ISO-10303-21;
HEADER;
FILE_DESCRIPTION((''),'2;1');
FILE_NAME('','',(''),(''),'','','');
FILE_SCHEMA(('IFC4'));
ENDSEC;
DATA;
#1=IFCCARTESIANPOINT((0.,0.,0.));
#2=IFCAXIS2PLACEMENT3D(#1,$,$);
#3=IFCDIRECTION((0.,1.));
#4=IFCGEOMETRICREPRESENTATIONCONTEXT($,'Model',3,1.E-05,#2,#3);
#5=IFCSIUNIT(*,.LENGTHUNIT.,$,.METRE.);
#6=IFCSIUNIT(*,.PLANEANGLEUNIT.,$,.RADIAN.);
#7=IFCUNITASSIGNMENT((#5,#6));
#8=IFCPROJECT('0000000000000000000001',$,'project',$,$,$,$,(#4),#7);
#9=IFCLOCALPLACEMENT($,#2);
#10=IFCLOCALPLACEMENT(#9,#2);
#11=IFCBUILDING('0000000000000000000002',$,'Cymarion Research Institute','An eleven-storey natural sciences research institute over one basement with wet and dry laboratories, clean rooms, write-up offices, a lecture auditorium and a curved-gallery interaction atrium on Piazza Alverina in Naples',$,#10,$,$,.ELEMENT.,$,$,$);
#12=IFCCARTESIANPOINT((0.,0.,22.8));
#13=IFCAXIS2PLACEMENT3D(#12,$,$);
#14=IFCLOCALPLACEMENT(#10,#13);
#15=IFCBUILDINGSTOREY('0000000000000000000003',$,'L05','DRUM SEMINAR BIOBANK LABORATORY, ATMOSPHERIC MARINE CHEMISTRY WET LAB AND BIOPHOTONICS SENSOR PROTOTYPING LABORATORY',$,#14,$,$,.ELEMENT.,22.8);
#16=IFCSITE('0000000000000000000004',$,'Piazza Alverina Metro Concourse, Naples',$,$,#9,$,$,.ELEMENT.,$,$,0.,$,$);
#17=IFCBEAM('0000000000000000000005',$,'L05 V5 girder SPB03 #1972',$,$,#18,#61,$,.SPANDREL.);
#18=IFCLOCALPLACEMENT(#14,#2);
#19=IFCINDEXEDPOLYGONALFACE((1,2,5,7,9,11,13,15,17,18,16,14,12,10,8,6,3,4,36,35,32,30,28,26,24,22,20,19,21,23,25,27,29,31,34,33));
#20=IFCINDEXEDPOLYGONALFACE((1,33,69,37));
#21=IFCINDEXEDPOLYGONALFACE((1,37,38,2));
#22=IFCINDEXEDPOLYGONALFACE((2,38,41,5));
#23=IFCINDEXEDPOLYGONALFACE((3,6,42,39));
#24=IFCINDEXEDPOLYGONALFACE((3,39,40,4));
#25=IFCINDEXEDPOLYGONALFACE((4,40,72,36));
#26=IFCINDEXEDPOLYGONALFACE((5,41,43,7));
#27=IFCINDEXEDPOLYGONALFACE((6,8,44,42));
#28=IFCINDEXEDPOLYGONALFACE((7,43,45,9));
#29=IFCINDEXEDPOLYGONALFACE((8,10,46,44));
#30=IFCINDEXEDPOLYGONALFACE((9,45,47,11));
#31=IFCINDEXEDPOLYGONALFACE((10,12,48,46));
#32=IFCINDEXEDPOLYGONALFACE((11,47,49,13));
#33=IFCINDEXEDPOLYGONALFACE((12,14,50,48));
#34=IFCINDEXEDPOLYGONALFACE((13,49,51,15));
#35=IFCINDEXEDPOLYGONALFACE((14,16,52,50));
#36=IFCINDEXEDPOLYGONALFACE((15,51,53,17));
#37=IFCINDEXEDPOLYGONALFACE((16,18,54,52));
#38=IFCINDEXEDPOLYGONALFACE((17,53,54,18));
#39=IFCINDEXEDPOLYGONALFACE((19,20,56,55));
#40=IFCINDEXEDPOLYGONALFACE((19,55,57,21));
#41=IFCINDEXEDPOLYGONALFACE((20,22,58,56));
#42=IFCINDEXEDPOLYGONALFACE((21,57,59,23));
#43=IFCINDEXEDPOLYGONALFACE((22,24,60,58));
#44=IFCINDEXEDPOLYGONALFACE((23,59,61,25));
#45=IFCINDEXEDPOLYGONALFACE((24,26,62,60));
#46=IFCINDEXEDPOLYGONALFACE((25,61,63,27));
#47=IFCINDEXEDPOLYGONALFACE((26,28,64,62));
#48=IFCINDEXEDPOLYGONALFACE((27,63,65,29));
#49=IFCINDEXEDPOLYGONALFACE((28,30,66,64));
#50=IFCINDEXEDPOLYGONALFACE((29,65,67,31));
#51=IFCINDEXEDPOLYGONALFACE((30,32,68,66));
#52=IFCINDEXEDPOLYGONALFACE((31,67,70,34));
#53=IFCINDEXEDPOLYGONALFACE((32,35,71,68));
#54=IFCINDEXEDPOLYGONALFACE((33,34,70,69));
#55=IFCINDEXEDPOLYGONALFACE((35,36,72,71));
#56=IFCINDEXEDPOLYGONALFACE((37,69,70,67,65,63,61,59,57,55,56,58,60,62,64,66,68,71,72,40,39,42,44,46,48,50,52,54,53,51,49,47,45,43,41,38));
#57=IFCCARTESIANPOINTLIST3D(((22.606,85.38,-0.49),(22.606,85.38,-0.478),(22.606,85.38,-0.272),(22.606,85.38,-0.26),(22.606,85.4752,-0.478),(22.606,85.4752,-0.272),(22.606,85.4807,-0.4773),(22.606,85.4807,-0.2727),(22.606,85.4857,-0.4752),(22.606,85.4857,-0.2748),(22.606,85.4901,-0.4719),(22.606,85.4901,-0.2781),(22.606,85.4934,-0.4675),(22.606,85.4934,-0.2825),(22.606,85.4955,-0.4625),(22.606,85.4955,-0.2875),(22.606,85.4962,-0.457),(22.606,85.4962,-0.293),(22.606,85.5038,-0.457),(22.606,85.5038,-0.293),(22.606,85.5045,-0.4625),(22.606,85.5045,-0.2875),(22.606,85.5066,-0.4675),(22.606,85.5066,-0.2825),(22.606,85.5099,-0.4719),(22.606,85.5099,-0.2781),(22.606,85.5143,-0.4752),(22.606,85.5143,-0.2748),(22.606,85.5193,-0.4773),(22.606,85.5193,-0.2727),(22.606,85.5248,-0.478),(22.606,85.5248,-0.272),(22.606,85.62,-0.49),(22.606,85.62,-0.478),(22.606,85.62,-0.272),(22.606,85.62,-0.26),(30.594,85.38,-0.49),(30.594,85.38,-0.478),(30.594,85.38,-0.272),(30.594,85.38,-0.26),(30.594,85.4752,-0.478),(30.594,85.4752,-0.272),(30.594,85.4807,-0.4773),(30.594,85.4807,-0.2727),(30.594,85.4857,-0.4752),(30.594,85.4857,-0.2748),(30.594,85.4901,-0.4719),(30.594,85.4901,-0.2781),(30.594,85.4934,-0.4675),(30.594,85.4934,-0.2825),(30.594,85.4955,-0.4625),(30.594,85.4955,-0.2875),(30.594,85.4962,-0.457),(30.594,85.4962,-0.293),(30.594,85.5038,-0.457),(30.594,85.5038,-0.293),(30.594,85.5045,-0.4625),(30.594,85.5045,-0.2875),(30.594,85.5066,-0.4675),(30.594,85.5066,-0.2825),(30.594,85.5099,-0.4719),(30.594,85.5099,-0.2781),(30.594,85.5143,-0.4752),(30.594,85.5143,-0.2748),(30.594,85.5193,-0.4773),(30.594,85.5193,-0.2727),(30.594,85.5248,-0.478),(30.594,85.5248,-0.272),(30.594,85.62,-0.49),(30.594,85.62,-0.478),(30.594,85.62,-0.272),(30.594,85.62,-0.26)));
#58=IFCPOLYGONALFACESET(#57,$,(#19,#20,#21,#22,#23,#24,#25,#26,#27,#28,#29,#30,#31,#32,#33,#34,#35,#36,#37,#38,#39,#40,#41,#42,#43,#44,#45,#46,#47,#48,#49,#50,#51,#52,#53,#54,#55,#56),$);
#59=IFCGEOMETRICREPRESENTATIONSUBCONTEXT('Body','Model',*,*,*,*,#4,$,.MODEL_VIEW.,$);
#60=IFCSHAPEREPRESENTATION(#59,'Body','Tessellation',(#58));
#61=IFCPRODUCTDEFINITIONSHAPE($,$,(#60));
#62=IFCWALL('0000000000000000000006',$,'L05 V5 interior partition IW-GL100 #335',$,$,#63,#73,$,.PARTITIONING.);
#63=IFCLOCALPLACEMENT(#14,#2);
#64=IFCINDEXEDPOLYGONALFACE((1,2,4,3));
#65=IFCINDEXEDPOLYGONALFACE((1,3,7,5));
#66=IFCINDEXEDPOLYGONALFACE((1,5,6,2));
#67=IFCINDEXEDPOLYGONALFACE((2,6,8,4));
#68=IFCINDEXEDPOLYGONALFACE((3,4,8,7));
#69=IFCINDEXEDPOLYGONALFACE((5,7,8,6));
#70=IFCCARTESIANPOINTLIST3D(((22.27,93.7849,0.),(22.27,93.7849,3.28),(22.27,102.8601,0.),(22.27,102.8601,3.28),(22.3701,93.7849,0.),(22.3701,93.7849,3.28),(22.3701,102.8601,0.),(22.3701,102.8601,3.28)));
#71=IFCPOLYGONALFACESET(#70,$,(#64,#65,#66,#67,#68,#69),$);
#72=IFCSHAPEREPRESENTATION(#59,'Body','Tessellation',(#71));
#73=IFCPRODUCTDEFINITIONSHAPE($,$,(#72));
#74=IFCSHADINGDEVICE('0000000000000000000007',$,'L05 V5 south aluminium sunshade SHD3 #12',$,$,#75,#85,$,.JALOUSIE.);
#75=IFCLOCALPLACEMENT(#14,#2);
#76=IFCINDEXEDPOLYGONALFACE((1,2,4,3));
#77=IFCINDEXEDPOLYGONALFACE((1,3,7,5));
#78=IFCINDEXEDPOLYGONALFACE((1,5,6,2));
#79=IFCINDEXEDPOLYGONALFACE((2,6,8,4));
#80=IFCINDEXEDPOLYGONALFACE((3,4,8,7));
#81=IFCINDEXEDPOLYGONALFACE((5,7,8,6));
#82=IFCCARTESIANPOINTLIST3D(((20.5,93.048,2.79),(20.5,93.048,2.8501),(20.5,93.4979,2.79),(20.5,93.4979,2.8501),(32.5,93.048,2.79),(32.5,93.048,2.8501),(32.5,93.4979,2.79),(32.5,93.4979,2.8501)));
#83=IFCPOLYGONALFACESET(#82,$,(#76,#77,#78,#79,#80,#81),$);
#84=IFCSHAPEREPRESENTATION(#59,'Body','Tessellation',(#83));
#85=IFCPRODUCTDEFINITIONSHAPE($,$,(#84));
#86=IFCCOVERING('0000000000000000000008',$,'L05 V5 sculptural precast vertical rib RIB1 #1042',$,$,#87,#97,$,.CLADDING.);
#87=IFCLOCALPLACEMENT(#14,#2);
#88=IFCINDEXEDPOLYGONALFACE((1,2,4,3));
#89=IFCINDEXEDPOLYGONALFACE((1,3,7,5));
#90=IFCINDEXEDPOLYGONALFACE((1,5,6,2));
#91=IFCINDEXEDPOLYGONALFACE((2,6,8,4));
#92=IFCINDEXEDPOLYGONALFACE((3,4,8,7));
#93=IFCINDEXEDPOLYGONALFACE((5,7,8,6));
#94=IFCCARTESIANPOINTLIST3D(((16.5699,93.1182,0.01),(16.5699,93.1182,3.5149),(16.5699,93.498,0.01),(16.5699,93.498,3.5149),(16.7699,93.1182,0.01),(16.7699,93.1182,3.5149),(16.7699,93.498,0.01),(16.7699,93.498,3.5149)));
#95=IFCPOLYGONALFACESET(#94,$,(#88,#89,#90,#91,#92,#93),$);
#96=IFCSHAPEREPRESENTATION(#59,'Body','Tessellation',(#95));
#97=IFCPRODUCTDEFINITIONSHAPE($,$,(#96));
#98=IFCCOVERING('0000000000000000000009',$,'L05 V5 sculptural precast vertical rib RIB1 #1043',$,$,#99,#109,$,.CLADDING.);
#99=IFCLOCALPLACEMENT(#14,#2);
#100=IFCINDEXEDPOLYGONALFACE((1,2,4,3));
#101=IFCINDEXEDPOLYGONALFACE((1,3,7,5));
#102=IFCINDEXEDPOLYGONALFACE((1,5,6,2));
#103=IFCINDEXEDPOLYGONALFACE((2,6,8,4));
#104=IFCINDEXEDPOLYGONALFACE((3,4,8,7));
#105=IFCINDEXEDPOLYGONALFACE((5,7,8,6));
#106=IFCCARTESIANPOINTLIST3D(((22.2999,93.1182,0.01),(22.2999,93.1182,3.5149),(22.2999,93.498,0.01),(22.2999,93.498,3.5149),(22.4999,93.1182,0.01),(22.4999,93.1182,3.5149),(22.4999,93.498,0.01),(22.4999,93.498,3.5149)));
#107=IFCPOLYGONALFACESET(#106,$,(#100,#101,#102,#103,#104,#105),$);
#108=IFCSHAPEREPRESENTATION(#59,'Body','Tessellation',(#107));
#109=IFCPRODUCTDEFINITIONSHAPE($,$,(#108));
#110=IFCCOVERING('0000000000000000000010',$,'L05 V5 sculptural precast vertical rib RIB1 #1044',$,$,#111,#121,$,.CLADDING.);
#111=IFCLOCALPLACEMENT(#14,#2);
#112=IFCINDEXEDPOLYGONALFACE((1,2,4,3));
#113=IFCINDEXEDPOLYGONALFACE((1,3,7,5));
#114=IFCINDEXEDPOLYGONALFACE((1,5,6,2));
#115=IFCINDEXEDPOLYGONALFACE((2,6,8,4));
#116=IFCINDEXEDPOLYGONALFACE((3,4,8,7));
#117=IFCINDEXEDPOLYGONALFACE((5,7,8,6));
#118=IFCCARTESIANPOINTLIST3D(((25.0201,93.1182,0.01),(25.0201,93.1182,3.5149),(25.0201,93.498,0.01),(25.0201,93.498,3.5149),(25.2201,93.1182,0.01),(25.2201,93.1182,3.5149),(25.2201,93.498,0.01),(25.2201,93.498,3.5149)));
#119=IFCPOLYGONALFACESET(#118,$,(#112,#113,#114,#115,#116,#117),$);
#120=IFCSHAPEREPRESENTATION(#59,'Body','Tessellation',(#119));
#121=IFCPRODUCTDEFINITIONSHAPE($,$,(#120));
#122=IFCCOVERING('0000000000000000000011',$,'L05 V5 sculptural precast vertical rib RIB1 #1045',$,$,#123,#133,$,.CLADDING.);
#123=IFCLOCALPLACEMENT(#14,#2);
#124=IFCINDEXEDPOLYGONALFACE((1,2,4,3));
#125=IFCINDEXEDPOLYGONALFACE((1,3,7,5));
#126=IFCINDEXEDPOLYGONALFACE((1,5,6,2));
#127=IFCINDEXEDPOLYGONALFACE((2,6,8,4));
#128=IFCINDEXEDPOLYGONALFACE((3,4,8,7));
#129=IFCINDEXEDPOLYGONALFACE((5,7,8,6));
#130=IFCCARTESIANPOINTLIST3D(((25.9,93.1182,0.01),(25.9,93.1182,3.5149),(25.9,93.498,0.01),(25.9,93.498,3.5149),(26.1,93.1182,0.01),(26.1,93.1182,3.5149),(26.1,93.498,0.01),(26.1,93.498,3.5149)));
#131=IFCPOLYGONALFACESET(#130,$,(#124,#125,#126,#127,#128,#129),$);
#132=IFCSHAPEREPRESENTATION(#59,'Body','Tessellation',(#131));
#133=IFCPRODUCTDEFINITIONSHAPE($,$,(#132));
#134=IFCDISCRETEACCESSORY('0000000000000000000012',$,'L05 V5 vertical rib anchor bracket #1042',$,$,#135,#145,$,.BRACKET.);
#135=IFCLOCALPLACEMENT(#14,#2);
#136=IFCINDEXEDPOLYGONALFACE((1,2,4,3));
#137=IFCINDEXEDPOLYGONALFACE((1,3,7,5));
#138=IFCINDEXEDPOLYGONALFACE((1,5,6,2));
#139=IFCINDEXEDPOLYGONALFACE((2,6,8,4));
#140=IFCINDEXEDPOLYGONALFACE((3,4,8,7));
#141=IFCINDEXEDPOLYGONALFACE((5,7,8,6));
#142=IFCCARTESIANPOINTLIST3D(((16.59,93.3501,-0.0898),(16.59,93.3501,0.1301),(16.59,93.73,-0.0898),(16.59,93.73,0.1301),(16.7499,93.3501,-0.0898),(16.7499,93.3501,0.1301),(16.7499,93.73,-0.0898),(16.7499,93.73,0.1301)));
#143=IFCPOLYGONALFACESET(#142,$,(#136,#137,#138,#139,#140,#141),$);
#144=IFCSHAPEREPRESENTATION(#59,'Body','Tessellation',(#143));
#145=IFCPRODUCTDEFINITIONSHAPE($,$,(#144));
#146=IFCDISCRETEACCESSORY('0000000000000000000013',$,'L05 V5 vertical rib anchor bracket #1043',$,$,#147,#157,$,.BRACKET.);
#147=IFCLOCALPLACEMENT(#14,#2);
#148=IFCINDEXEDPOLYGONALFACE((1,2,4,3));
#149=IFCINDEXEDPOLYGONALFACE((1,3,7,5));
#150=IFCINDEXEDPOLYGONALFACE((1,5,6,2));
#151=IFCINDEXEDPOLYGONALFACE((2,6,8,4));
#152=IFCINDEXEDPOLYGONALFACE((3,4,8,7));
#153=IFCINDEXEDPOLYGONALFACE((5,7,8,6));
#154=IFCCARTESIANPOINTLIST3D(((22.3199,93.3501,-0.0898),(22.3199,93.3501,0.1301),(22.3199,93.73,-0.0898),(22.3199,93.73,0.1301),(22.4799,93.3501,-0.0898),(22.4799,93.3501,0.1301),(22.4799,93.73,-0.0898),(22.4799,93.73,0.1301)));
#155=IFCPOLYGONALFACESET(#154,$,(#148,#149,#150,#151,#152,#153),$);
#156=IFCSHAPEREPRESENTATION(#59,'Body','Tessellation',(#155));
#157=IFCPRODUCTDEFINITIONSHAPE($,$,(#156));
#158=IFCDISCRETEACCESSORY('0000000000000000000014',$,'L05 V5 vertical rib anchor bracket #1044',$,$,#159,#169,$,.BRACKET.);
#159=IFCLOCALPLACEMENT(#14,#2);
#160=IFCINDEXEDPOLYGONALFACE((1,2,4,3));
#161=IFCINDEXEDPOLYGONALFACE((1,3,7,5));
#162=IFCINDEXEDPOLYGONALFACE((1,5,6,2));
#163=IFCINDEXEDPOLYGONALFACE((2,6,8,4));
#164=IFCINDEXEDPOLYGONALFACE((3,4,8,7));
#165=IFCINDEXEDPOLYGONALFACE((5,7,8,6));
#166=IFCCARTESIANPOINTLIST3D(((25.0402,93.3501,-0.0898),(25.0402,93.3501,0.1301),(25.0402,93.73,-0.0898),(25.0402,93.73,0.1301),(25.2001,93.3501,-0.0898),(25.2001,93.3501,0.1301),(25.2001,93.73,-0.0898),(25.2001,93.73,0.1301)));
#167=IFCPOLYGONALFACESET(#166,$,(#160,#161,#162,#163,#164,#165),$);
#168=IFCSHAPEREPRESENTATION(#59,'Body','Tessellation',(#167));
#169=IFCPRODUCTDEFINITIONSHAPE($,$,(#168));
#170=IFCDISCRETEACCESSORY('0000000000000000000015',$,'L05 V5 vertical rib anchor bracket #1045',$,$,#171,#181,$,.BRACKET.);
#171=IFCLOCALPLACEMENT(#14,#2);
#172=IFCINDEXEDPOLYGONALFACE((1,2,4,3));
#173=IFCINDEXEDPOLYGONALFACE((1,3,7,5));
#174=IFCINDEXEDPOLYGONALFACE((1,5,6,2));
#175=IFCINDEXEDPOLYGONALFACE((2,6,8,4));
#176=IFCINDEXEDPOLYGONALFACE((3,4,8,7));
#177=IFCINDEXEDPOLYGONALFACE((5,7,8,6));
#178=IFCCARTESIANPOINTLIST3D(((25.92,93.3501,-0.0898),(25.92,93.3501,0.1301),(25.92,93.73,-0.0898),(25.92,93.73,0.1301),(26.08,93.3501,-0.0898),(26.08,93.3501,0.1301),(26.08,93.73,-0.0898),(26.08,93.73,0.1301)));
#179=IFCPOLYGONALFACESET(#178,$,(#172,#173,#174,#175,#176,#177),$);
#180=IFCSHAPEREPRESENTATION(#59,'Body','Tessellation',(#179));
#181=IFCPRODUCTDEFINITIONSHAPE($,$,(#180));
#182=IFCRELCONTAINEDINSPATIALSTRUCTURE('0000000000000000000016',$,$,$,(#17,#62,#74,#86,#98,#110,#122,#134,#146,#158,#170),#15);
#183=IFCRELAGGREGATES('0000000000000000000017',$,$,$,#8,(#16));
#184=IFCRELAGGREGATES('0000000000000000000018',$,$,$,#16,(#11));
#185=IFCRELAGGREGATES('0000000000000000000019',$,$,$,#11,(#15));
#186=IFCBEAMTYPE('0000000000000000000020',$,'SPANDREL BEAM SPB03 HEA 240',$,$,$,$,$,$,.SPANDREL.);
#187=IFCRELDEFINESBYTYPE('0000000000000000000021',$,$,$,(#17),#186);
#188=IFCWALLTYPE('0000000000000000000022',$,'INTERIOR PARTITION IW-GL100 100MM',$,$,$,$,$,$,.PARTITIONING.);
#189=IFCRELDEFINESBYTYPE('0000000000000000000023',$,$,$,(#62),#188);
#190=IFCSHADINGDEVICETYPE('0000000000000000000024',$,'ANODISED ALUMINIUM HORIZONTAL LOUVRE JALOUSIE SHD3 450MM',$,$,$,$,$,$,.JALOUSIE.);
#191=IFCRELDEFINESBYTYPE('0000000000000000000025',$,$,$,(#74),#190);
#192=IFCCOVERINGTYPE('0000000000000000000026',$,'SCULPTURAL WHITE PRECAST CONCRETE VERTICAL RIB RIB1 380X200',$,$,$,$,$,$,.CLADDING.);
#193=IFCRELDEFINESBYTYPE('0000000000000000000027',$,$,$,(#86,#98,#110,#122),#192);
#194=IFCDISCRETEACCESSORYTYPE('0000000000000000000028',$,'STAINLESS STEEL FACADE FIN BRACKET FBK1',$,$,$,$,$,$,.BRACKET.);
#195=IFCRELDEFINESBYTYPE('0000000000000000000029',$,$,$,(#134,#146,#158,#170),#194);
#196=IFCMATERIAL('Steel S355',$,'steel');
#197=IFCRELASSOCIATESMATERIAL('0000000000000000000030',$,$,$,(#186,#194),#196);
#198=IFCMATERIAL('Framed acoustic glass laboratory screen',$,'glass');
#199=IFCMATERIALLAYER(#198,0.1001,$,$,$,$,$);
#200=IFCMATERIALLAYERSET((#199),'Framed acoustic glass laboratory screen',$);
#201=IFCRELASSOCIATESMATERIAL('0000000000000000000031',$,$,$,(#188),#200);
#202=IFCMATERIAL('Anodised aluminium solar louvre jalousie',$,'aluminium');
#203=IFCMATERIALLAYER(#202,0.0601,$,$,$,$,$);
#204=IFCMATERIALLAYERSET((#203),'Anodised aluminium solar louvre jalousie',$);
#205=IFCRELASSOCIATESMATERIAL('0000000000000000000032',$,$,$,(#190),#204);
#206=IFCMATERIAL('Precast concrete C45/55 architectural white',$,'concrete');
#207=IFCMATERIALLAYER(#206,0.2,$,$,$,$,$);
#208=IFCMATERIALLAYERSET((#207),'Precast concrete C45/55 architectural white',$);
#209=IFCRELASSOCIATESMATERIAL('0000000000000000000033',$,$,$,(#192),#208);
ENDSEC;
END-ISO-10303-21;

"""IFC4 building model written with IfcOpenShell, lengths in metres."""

from ifc_helpers import new_model, si_unit, direction, frame, frame_2d, origin, origin_2d, place, context, subcontext, project, spatial, rectangle, i_section, extrude, material, layer, layer_set, material_profile, profile_set, type_object, element, save


model = new_model("IFC4")

# Units and contexts
model_context = context("Model", 3, precision=1e-05, world=origin(), true_north=direction((0.0, 1.0)))
body_context = subcontext(model_context, "Body", "Model", "MODEL_VIEW")
ifc_project = project(units=[si_unit("LENGTHUNIT", "METRE"), si_unit("PLANEANGLEUNIT", "RADIAN")], contexts=[model_context])

# Site, building, storey
site_placement = place(None, origin())
site = spatial("IfcSite", under=ifc_project, at=site_placement, Name="Piazza Alverina Metro Concourse, Naples", CompositionType="ELEMENT", RefElevation=0.0)
building_placement = place(site_placement, origin())
building = spatial("IfcBuilding", under=site, at=building_placement, Name="Cymarion Research Institute", Description="An eleven-storey natural sciences research institute over one basement with wet and dry laboratories, clean rooms, write-up offices, a lecture auditorium and a curved-gallery interaction atrium on Piazza Alverina in Naples", CompositionType="ELEMENT")
storey_placement = place(building_placement, frame((0.0, 0.0, 22.8)))
storey = spatial("IfcBuildingStorey", under=building, at=storey_placement, Name="L05", Description="DRUM SEMINAR BIOBANK LABORATORY, ATMOSPHERIC MARINE CHEMISTRY WET LAB AND BIOPHOTONICS SENSOR PROTOTYPING LABORATORY", CompositionType="ELEMENT", Elevation=22.8)

# Shared definitions
ifc_material_1 = material(Name="Steel S355", Category="steel")

# Beam
ifc_material_profile_1 = material_profile(ifc_material_1, i_section(OverallWidth=0.24, OverallDepth=0.23, WebThickness=0.0076, FlangeThickness=0.012, FilletRadius=0.021, at=origin_2d()), Name="HEA 240")
ifc_profile_set_1 = profile_set([ifc_material_profile_1], Name="Steel S355")
beam_type_1 = type_object("IfcBeamType", Name="SPANDREL BEAM SPB03 HEA 240", PredefinedType="SPANDREL", material=ifc_profile_set_1)
for number, where, z_axis, x_axis, name in (
    (1, (22.606, 85.5, -0.375), (1.0, 0.0, 0.0), (0.0, 1.0, 0.0), "L05 V5 girder SPB03 #1972"),
):
    element("IfcBeam", number, at=place(storey_placement, frame(where, z_axis=z_axis, x_axis=x_axis)), inside=storey, type_object=beam_type_1, Name=name, PredefinedType="SPANDREL", context=body_context, shape_type="SweptSolid", body=[
        extrude(i_section(OverallWidth=0.24, OverallDepth=0.23, WebThickness=0.0076, FlangeThickness=0.012, FilletRadius=0.021, at=origin_2d()), origin(), (0.0, 0.0, 1.0), 7.988),
    ])

# Wall
ifc_material_2 = material(Name="Framed acoustic glass laboratory screen", Category="glass")
ifc_layer_1 = layer(ifc_material_2, 0.1001)
ifc_layer_set_1 = layer_set([ifc_layer_1], Name="Framed acoustic glass laboratory screen")
wall_type = type_object("IfcWallType", Name="INTERIOR PARTITION IW-GL100 100MM", PredefinedType="PARTITIONING", material=ifc_layer_set_1)
wall_placement = place(storey_placement, frame((22.3201, 93.7849, 0.0), z_axis=(0.0, 0.0, 1.0), x_axis=(0.0, 1.0, 0.0)))
element("IfcWall", 2, at=wall_placement, inside=storey, type_object=wall_type, Name="L05 V5 interior partition IW-GL100 #335", PredefinedType="PARTITIONING", context=body_context, shape_type="SweptSolid", body=[
    extrude(rectangle(XDim=9.0752, YDim=0.1001, at=frame_2d((4.5376, 0.0))), origin(), (0.0, 0.0, 1.0), 3.28),
])

# Shading device
ifc_material_3 = material(Name="Anodised aluminium solar louvre jalousie", Category="aluminium")
ifc_layer_2 = layer(ifc_material_3, 0.0601)
ifc_layer_set_2 = layer_set([ifc_layer_2], Name="Anodised aluminium solar louvre jalousie")
shading_device_type = type_object("IfcShadingDeviceType", Name="ANODISED ALUMINIUM HORIZONTAL LOUVRE JALOUSIE SHD3 450MM", PredefinedType="JALOUSIE", material=ifc_layer_set_2)
shading_device_placement = place(storey_placement, frame((26.5, 93.2729, 2.79), z_axis=(0.0, 0.0, 1.0), x_axis=(0.0, -1.0, 0.0)))
element("IfcShadingDevice", 3, at=shading_device_placement, inside=storey, type_object=shading_device_type, Name="L05 V5 south aluminium sunshade SHD3 #12", PredefinedType="JALOUSIE", context=body_context, shape_type="SweptSolid", body=[
    extrude(rectangle(XDim=0.45, YDim=12.0, at=origin_2d()), origin(), (0.0, 0.0, 1.0), 0.0601),
])

# Coverings
ifc_material_4 = material(Name="Precast concrete C45/55 architectural white", Category="concrete")
ifc_layer_3 = layer(ifc_material_4, 0.2)
ifc_layer_set_3 = layer_set([ifc_layer_3], Name="Precast concrete C45/55 architectural white")
covering_type = type_object("IfcCoveringType", Name="SCULPTURAL WHITE PRECAST CONCRETE VERTICAL RIB RIB1 380X200", PredefinedType="CLADDING", material=ifc_layer_set_3)
for number, where, z_axis, x_axis, name in (
    (4, (16.6699, 93.3081, 0.01), (0.0, 0.0, 1.0), (0.0, -1.0, 0.0), "L05 V5 sculptural precast vertical rib RIB1 #1042"),
    (5, (22.3999, 93.3081, 0.01), (0.0, 0.0, 1.0), (0.0, -1.0, 0.0), "L05 V5 sculptural precast vertical rib RIB1 #1043"),
    (6, (25.1201, 93.3081, 0.01), (0.0, 0.0, 1.0), (0.0, -1.0, 0.0), "L05 V5 sculptural precast vertical rib RIB1 #1044"),
    (7, (26.0, 93.3081, 0.01), (0.0, 0.0, 1.0), (0.0, -1.0, 0.0), "L05 V5 sculptural precast vertical rib RIB1 #1045"),
):
    element("IfcCovering", number, at=place(storey_placement, frame(where, z_axis=z_axis, x_axis=x_axis)), inside=storey, type_object=covering_type, Name=name, PredefinedType="CLADDING", context=body_context, shape_type="SweptSolid", body=[
        extrude(rectangle(XDim=0.3799, YDim=0.2, at=origin_2d()), origin(), (0.0, 0.0, 1.0), 3.5049),
    ])

# Discrete accessories
discrete_accessory_type = type_object("IfcDiscreteAccessoryType", Name="STAINLESS STEEL FACADE FIN BRACKET FBK1", PredefinedType="BRACKET", material=ifc_material_1)
for number, where, z_axis, x_axis, name in (
    (8, (16.6699, 93.54, -0.0898), (0.0, 0.0, 1.0), (0.0, -1.0, 0.0), "L05 V5 vertical rib anchor bracket #1042"),
    (9, (22.3999, 93.54, -0.0898), (0.0, 0.0, 1.0), (0.0, -1.0, 0.0), "L05 V5 vertical rib anchor bracket #1043"),
    (10, (25.1201, 93.54, -0.0898), (0.0, 0.0, 1.0), (0.0, -1.0, 0.0), "L05 V5 vertical rib anchor bracket #1044"),
    (11, (26.0, 93.54, -0.0898), (0.0, 0.0, 1.0), (0.0, -1.0, 0.0), "L05 V5 vertical rib anchor bracket #1045"),
):
    element("IfcDiscreteAccessory", number, at=place(storey_placement, frame(where, z_axis=z_axis, x_axis=x_axis)), inside=storey, type_object=discrete_accessory_type, Name=name, PredefinedType="BRACKET", context=body_context, shape_type="SweptSolid", body=[
        extrude(rectangle(XDim=0.3799, YDim=0.1599, at=origin_2d()), origin(), (0.0, 0.0, 1.0), 0.22),
    ])

save(model, "model.ifc")
